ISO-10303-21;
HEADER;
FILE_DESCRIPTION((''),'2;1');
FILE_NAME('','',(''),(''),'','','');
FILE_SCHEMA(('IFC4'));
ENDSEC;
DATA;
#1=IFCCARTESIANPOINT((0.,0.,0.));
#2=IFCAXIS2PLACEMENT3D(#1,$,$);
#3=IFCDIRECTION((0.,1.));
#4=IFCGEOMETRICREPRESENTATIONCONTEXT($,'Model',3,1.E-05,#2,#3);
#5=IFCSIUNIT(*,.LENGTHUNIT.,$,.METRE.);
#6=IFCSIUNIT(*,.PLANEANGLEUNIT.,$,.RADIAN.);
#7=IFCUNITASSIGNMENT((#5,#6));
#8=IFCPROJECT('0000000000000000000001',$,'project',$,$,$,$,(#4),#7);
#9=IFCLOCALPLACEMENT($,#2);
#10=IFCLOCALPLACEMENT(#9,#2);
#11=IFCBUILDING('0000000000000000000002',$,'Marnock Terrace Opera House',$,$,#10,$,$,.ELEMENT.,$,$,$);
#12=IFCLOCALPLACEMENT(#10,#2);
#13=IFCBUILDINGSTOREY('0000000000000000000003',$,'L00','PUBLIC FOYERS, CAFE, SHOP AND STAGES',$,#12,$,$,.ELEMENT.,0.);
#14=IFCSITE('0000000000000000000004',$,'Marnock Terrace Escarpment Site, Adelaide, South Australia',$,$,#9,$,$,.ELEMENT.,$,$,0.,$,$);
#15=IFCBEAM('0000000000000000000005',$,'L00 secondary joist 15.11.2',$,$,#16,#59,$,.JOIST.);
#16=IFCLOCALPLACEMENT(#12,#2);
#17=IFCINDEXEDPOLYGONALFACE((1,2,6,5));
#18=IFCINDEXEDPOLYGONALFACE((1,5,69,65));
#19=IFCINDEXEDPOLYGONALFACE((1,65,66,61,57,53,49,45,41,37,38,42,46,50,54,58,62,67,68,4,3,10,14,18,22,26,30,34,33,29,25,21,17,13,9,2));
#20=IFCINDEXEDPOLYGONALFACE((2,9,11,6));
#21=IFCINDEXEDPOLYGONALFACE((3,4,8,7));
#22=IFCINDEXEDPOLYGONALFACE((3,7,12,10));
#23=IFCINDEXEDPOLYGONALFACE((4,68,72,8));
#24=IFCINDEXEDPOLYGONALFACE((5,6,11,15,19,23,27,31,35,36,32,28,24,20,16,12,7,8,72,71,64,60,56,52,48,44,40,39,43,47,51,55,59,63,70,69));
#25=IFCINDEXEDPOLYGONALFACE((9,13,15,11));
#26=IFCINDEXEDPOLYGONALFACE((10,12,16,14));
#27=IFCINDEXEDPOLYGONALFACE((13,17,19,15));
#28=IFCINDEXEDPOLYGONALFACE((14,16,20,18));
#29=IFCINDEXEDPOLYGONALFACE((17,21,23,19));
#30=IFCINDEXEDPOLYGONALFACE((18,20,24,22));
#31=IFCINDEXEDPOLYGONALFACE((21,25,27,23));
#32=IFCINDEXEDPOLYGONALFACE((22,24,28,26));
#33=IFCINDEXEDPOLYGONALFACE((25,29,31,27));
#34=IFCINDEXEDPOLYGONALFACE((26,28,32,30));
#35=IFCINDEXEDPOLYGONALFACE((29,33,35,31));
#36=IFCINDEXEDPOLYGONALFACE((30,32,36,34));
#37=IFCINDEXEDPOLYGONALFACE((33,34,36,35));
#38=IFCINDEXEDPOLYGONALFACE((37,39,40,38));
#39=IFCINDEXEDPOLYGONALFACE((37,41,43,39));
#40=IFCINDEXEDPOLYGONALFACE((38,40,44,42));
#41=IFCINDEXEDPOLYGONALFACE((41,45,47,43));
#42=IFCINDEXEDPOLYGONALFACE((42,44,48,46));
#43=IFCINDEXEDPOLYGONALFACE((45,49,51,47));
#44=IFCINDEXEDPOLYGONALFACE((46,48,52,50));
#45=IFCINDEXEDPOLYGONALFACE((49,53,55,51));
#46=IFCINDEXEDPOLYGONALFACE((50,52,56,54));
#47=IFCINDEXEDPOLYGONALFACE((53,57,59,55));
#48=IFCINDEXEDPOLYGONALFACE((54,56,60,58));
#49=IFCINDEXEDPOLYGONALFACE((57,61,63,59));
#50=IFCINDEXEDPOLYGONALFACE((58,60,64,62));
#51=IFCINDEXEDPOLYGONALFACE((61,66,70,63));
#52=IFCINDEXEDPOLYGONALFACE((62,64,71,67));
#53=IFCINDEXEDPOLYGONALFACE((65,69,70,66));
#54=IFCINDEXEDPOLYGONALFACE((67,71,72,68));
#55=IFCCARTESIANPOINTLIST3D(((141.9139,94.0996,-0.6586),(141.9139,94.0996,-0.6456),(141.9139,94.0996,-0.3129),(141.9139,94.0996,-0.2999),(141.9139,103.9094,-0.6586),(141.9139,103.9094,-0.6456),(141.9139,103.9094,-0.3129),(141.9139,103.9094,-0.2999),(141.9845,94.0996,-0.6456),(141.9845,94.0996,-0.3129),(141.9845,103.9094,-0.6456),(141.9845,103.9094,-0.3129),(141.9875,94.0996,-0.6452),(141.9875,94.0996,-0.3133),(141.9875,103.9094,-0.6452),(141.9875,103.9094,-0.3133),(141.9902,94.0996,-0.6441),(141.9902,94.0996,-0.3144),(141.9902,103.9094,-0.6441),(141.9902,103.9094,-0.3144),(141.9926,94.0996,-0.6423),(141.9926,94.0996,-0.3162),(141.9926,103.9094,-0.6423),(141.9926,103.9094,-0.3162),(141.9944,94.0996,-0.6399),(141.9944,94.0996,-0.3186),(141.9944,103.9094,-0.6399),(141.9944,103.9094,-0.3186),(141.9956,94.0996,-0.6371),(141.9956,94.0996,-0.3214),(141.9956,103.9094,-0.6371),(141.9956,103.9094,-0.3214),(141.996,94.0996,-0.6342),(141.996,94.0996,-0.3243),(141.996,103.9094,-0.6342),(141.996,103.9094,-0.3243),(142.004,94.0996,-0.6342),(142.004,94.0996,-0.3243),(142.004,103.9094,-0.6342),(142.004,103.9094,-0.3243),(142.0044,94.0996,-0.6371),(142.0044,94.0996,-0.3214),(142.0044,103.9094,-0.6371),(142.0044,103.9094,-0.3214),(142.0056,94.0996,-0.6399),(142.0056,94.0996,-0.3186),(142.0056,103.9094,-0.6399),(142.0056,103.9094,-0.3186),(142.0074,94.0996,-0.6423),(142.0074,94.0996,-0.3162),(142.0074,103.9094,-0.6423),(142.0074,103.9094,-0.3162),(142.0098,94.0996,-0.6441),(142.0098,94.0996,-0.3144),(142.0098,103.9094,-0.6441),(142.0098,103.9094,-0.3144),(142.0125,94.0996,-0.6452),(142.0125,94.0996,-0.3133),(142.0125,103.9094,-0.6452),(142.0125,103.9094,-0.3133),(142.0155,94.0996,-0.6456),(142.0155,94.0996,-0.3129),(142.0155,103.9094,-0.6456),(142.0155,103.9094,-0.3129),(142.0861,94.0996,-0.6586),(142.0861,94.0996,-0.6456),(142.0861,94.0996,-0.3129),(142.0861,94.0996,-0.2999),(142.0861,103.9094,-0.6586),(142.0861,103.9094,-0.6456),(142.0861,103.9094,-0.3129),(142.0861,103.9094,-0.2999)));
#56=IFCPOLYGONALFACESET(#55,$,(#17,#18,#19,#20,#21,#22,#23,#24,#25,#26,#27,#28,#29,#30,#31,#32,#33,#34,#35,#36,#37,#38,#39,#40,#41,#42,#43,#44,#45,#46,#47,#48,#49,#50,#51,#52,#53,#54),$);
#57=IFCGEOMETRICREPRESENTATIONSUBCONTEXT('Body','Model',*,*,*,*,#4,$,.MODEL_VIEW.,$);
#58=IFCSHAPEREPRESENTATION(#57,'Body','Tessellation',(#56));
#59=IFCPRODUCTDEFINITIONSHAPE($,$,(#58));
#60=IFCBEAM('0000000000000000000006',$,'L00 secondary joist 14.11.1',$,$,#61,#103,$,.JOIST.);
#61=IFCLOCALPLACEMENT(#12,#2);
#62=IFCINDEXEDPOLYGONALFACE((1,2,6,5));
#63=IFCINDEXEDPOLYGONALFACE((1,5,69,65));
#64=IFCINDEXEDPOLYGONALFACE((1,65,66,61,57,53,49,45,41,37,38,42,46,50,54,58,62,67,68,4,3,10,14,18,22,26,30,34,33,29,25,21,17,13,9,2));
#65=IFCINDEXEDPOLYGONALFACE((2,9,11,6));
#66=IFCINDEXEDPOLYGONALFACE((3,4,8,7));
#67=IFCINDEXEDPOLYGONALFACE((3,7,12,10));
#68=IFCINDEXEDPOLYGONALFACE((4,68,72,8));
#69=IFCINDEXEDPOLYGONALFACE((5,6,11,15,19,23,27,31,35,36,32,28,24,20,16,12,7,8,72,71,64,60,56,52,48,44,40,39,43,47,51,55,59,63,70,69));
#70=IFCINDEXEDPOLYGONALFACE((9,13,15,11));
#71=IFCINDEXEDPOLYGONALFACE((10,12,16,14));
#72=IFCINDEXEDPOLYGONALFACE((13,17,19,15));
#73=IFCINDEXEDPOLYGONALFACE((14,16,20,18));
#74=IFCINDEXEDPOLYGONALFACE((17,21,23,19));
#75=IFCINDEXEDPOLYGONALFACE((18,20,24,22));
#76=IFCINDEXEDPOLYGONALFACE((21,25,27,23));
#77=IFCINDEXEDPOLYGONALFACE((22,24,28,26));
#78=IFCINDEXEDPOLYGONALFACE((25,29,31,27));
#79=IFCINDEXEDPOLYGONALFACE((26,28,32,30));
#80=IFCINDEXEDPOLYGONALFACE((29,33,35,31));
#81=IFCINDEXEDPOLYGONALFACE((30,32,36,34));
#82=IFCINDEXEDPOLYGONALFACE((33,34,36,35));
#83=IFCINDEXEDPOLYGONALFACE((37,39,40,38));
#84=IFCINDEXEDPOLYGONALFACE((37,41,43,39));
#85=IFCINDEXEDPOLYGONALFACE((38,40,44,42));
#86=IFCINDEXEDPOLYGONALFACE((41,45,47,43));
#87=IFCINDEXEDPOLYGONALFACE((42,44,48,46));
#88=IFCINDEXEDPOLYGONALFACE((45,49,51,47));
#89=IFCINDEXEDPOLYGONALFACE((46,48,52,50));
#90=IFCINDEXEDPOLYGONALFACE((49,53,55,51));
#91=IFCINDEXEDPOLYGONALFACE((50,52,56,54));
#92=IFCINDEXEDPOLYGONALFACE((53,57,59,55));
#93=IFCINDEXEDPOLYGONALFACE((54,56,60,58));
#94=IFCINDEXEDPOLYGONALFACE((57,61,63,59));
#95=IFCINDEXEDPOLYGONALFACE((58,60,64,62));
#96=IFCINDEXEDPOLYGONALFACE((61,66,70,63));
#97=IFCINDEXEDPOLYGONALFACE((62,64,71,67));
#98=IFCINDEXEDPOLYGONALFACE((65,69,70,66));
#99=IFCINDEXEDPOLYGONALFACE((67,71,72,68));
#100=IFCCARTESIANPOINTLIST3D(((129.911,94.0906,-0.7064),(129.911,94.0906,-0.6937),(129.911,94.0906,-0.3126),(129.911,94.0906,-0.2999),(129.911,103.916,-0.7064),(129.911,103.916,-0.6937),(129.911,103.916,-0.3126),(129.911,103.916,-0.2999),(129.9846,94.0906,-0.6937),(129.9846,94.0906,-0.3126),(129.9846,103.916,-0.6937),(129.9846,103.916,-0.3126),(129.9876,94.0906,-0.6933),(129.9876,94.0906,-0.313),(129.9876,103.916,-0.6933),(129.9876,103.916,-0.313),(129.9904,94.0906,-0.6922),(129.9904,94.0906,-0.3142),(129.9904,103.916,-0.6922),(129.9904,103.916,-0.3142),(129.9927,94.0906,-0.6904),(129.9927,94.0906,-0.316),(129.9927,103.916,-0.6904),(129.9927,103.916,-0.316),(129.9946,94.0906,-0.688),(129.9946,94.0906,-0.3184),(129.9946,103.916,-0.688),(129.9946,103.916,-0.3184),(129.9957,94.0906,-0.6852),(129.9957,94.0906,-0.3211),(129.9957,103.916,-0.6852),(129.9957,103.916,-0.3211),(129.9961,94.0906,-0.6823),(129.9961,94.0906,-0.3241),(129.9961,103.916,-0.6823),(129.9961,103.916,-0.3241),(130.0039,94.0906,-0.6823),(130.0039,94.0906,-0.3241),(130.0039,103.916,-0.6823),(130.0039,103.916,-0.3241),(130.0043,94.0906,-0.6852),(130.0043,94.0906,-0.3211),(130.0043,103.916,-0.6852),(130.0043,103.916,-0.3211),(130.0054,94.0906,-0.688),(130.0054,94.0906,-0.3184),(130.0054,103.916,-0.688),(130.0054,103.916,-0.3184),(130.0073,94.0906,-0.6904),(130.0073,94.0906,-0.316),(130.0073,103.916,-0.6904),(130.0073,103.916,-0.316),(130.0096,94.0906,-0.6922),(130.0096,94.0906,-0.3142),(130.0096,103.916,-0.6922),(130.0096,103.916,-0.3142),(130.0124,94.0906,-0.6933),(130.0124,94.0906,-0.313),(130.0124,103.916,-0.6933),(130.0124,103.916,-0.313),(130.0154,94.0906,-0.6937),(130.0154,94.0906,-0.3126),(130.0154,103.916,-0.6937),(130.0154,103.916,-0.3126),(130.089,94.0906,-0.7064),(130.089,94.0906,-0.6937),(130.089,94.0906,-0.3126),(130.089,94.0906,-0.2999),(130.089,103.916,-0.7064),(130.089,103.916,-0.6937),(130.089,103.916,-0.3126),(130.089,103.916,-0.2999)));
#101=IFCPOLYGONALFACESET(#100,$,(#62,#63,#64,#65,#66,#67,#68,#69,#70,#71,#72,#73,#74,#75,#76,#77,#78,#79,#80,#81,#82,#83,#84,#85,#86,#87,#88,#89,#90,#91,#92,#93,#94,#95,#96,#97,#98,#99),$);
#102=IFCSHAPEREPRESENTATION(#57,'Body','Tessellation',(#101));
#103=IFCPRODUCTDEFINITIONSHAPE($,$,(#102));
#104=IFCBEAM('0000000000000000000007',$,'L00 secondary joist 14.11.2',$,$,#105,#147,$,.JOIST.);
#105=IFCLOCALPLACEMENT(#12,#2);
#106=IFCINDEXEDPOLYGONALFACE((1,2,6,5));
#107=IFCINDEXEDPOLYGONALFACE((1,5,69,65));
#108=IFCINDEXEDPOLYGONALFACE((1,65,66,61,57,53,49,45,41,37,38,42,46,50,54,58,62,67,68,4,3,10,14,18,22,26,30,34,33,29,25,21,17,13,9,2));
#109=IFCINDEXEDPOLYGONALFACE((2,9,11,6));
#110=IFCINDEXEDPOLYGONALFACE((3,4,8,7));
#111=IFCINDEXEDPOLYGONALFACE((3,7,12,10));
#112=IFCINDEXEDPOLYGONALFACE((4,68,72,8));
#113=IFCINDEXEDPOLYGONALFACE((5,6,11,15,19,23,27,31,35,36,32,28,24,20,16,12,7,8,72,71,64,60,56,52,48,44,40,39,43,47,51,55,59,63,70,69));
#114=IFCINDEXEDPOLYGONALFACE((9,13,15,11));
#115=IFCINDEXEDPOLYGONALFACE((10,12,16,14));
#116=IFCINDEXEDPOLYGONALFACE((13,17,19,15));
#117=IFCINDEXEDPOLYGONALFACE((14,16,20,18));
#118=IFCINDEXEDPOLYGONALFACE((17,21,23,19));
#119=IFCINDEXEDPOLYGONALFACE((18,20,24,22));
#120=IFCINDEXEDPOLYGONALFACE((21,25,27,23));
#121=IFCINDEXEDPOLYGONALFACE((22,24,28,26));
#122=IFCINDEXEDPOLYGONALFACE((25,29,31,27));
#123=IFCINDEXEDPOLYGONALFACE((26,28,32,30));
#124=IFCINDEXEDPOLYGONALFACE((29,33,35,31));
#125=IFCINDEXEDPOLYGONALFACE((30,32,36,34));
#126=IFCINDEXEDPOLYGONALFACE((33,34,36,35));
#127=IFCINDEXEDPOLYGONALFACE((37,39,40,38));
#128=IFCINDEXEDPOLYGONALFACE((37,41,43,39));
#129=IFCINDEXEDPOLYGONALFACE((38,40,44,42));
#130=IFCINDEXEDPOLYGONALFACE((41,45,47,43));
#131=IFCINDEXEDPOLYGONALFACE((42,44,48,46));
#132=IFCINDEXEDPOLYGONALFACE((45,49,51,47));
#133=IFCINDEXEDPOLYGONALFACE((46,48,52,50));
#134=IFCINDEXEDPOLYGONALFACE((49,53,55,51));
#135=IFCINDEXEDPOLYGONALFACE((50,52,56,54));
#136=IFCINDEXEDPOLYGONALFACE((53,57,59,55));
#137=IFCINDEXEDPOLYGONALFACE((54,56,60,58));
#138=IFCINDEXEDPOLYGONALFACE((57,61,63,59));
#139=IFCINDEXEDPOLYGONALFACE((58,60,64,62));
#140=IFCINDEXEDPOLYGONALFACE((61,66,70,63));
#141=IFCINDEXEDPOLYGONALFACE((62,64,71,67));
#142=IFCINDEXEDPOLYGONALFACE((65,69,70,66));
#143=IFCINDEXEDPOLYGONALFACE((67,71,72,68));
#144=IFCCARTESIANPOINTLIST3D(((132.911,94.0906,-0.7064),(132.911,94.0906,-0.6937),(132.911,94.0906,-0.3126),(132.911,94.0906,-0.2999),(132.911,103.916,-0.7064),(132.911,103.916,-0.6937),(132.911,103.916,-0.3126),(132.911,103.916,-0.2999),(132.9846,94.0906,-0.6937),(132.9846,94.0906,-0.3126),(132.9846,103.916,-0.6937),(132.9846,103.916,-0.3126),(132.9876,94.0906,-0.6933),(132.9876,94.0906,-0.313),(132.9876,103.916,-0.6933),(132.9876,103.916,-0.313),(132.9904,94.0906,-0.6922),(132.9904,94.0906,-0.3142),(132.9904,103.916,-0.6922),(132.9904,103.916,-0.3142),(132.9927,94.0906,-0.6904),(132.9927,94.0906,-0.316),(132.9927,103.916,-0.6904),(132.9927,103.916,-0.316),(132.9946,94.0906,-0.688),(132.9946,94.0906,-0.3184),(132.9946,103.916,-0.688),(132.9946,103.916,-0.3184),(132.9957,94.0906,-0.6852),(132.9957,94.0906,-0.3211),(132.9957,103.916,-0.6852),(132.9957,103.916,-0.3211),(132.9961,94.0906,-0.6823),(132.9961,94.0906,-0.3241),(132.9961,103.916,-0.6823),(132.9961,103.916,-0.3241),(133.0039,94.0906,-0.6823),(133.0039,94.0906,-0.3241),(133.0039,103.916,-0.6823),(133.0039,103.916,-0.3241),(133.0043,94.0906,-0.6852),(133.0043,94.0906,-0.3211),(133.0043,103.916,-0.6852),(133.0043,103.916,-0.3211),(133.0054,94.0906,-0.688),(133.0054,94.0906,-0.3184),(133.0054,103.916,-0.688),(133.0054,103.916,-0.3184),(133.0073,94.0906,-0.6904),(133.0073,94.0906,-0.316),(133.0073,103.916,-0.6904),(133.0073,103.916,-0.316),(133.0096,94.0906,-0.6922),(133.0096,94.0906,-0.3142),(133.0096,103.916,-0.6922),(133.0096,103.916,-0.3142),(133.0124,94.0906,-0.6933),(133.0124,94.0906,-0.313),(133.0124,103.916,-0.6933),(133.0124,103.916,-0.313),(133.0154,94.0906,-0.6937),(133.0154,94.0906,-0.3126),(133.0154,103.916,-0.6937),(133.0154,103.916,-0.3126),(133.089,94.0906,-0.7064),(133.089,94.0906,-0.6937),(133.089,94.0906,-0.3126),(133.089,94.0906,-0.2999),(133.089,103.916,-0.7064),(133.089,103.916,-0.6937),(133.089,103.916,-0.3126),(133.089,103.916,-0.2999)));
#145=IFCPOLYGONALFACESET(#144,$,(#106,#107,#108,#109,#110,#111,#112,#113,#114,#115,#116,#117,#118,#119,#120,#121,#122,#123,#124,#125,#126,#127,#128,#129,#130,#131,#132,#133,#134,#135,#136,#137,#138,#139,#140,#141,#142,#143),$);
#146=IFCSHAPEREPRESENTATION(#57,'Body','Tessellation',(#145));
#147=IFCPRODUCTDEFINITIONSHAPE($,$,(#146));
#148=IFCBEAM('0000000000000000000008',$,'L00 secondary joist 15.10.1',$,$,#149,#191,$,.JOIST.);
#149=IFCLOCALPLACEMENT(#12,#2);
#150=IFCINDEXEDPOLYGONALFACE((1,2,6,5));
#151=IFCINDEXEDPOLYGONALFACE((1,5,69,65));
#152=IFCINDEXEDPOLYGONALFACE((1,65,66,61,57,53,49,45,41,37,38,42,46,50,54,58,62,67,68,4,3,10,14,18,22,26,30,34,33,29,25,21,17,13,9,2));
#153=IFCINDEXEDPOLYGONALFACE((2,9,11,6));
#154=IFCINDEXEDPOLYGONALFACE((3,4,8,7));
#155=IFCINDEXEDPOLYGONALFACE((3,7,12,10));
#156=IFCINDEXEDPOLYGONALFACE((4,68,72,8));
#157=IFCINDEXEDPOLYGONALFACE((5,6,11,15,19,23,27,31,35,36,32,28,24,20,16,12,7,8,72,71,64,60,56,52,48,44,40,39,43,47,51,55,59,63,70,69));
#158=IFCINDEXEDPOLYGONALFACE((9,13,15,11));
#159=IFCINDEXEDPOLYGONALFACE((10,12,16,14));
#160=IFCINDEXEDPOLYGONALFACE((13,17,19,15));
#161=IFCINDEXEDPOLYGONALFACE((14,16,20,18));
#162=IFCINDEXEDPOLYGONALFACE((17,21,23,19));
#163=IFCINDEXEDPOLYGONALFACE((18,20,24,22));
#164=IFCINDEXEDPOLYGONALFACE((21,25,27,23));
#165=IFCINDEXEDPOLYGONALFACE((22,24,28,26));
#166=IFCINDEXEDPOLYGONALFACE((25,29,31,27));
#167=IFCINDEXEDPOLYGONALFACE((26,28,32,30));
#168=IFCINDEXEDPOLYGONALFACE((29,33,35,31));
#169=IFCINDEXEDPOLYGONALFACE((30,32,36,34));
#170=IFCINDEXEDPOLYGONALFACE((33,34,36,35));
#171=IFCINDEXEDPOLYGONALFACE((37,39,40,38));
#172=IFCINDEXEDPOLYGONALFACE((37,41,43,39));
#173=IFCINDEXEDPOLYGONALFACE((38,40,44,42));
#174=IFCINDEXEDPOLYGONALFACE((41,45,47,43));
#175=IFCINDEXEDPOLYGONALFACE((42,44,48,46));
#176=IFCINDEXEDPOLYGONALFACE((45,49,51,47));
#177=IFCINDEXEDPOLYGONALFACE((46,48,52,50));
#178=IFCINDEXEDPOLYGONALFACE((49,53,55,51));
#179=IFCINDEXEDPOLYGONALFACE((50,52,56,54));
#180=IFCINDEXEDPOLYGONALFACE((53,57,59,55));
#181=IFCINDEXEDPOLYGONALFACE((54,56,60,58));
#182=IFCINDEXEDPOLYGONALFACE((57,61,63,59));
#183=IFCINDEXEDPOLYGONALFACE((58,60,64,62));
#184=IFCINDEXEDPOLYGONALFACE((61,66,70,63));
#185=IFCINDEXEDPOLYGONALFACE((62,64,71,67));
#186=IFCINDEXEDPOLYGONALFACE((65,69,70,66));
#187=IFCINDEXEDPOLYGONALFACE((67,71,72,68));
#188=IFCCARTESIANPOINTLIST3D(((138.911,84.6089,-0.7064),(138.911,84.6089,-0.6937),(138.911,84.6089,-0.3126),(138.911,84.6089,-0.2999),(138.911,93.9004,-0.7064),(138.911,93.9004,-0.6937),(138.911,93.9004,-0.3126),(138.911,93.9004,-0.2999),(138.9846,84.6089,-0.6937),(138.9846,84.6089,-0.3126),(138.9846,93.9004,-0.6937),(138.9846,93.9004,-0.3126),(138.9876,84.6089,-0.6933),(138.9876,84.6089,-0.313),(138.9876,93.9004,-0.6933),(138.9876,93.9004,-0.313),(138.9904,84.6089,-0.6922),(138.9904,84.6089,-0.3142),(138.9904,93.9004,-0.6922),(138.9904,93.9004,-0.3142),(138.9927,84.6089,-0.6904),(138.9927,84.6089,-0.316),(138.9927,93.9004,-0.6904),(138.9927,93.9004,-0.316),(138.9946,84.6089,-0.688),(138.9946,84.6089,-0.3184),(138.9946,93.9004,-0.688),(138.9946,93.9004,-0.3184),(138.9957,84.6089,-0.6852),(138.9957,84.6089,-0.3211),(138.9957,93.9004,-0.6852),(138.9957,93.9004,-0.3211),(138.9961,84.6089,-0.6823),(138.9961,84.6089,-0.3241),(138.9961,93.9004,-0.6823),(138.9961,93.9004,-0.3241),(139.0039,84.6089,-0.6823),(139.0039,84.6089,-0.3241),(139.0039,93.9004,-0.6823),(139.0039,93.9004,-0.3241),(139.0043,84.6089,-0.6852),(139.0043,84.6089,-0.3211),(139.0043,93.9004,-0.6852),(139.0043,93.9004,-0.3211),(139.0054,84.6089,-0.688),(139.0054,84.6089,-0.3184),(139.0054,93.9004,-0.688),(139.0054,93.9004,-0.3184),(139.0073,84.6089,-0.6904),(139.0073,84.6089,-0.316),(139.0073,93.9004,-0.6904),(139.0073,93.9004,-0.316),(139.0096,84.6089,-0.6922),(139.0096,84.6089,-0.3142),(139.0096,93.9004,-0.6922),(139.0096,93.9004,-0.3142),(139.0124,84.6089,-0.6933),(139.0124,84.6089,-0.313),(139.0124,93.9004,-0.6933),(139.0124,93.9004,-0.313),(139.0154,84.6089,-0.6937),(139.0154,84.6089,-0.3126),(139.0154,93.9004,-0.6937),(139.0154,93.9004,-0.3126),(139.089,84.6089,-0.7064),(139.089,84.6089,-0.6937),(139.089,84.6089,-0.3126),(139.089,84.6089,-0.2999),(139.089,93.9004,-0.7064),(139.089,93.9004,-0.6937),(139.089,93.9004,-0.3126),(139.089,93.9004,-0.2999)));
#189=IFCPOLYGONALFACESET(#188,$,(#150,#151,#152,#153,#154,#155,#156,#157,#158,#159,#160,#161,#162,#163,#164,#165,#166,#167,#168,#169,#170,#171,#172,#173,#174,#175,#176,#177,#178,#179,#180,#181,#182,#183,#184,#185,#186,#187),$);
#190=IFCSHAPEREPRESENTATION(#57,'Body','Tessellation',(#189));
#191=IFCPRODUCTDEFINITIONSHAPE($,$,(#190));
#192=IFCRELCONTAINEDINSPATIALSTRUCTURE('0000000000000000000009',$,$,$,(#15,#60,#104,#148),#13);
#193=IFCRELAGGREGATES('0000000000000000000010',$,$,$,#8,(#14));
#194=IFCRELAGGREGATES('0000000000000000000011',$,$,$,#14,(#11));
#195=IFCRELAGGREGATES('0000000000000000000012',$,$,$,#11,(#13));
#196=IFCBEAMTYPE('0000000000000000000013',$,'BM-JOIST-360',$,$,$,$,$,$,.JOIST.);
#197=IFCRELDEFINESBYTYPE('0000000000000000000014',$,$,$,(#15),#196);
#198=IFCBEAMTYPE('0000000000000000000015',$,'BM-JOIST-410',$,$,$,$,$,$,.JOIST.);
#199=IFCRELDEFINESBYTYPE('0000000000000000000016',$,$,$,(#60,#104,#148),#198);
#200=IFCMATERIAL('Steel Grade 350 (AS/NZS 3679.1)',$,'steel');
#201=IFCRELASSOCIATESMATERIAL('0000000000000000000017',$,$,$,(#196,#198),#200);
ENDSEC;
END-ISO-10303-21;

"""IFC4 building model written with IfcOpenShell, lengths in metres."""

from ifc_helpers import new_model, si_unit, direction, frame, origin, origin_2d, place, context, subcontext, project, spatial, i_section, extrude, material, material_profile, profile_set, type_object, element, save


model = new_model("IFC4")

# Units and contexts
model_context = context("Model", 3, precision=1e-05, world=origin(), true_north=direction((0.0, 1.0)))
body_context = subcontext(model_context, "Body", "Model", "MODEL_VIEW")
ifc_project = project(units=[si_unit("LENGTHUNIT", "METRE"), si_unit("PLANEANGLEUNIT", "RADIAN")], contexts=[model_context])

# Site, building, storey
site_placement = place(None, origin())
site = spatial("IfcSite", under=ifc_project, at=site_placement, Name="Marnock Terrace Escarpment Site, Adelaide, South Australia", CompositionType="ELEMENT", RefElevation=0.0)
building_placement = place(site_placement, origin())
building = spatial("IfcBuilding", under=site, at=building_placement, Name="Marnock Terrace Opera House", CompositionType="ELEMENT")
storey_placement = place(building_placement, origin())
storey = spatial("IfcBuildingStorey", under=building, at=storey_placement, Name="L00", Description="PUBLIC FOYERS, CAFE, SHOP AND STAGES", CompositionType="ELEMENT", Elevation=0.0)

# Shared definitions
ifc_material_1 = material(Name="Steel Grade 350 (AS/NZS 3679.1)", Category="steel")

# Beams
ifc_material_profile_1 = material_profile(ifc_material_1, i_section(OverallWidth=0.1721, OverallDepth=0.3586, WebThickness=0.0081, FlangeThickness=0.0129, FilletRadius=0.0115, at=origin_2d()))
ifc_profile_set_1 = profile_set([ifc_material_profile_1], Name="Steel Grade 350 (AS/NZS 3679.1)")
beam_type_1 = type_object("IfcBeamType", Name="BM-JOIST-360", PredefinedType="JOIST", material=ifc_profile_set_1)
for number, where, z_axis, x_axis, name in (
    (1, (142.0, 94.0996, -0.4792), (0.0, 1.0, 0.0), (-1.0, 0.0, 0.0), "L00 secondary joist 15.11.2"),
):
    element("IfcBeam", number, at=place(storey_placement, frame(where, z_axis=z_axis, x_axis=x_axis)), inside=storey, type_object=beam_type_1, Name=name, PredefinedType="JOIST", context=body_context, shape_type="SweptSolid", body=[
        extrude(i_section(OverallWidth=0.1721, OverallDepth=0.3586, WebThickness=0.0081, FlangeThickness=0.0129, FilletRadius=0.0115, at=origin_2d()), origin(), (0.0, 0.0, 1.0), 9.8098),
    ])
ifc_material_profile_2 = material_profile(ifc_material_1, i_section(OverallWidth=0.178, OverallDepth=0.4065, WebThickness=0.0078, FlangeThickness=0.0127, FilletRadius=0.0115, at=origin_2d()))
ifc_profile_set_2 = profile_set([ifc_material_profile_2], Name="Steel Grade 350 (AS/NZS 3679.1)")
beam_type_2 = type_object("IfcBeamType", Name="BM-JOIST-410", PredefinedType="JOIST", material=ifc_profile_set_2)
for number, where, z_axis, x_axis, name in (
    (2, (130.0, 94.0906, -0.5032), (0.0, 1.0, 0.0), (-1.0, 0.0, 0.0), "L00 secondary joist 14.11.1"),
    (3, (133.0, 94.0906, -0.5032), (0.0, 1.0, 0.0), (-1.0, 0.0, 0.0), "L00 secondary joist 14.11.2"),
):
    element("IfcBeam", number, at=place(storey_placement, frame(where, z_axis=z_axis, x_axis=x_axis)), inside=storey, type_object=beam_type_2, Name=name, PredefinedType="JOIST", context=body_context, shape_type="SweptSolid", body=[
        extrude(i_section(OverallWidth=0.178, OverallDepth=0.4065, WebThickness=0.0078, FlangeThickness=0.0127, FilletRadius=0.0115, at=origin_2d()), origin(), (0.0, 0.0, 1.0), 9.8254),
    ])
for number, where, z_axis, x_axis, name in (
    (4, (139.0, 84.6089, -0.5032), (0.0, 1.0, 0.0), (-1.0, 0.0, 0.0), "L00 secondary joist 15.10.1"),
):
    element("IfcBeam", number, at=place(storey_placement, frame(where, z_axis=z_axis, x_axis=x_axis)), inside=storey, type_object=beam_type_2, Name=name, PredefinedType="JOIST", context=body_context, shape_type="SweptSolid", body=[
        extrude(i_section(OverallWidth=0.178, OverallDepth=0.4065, WebThickness=0.0078, FlangeThickness=0.0127, FilletRadius=0.0115, at=origin_2d()), origin(), (0.0, 0.0, 1.0), 9.2915),
    ])

save(model, "model.ifc")
